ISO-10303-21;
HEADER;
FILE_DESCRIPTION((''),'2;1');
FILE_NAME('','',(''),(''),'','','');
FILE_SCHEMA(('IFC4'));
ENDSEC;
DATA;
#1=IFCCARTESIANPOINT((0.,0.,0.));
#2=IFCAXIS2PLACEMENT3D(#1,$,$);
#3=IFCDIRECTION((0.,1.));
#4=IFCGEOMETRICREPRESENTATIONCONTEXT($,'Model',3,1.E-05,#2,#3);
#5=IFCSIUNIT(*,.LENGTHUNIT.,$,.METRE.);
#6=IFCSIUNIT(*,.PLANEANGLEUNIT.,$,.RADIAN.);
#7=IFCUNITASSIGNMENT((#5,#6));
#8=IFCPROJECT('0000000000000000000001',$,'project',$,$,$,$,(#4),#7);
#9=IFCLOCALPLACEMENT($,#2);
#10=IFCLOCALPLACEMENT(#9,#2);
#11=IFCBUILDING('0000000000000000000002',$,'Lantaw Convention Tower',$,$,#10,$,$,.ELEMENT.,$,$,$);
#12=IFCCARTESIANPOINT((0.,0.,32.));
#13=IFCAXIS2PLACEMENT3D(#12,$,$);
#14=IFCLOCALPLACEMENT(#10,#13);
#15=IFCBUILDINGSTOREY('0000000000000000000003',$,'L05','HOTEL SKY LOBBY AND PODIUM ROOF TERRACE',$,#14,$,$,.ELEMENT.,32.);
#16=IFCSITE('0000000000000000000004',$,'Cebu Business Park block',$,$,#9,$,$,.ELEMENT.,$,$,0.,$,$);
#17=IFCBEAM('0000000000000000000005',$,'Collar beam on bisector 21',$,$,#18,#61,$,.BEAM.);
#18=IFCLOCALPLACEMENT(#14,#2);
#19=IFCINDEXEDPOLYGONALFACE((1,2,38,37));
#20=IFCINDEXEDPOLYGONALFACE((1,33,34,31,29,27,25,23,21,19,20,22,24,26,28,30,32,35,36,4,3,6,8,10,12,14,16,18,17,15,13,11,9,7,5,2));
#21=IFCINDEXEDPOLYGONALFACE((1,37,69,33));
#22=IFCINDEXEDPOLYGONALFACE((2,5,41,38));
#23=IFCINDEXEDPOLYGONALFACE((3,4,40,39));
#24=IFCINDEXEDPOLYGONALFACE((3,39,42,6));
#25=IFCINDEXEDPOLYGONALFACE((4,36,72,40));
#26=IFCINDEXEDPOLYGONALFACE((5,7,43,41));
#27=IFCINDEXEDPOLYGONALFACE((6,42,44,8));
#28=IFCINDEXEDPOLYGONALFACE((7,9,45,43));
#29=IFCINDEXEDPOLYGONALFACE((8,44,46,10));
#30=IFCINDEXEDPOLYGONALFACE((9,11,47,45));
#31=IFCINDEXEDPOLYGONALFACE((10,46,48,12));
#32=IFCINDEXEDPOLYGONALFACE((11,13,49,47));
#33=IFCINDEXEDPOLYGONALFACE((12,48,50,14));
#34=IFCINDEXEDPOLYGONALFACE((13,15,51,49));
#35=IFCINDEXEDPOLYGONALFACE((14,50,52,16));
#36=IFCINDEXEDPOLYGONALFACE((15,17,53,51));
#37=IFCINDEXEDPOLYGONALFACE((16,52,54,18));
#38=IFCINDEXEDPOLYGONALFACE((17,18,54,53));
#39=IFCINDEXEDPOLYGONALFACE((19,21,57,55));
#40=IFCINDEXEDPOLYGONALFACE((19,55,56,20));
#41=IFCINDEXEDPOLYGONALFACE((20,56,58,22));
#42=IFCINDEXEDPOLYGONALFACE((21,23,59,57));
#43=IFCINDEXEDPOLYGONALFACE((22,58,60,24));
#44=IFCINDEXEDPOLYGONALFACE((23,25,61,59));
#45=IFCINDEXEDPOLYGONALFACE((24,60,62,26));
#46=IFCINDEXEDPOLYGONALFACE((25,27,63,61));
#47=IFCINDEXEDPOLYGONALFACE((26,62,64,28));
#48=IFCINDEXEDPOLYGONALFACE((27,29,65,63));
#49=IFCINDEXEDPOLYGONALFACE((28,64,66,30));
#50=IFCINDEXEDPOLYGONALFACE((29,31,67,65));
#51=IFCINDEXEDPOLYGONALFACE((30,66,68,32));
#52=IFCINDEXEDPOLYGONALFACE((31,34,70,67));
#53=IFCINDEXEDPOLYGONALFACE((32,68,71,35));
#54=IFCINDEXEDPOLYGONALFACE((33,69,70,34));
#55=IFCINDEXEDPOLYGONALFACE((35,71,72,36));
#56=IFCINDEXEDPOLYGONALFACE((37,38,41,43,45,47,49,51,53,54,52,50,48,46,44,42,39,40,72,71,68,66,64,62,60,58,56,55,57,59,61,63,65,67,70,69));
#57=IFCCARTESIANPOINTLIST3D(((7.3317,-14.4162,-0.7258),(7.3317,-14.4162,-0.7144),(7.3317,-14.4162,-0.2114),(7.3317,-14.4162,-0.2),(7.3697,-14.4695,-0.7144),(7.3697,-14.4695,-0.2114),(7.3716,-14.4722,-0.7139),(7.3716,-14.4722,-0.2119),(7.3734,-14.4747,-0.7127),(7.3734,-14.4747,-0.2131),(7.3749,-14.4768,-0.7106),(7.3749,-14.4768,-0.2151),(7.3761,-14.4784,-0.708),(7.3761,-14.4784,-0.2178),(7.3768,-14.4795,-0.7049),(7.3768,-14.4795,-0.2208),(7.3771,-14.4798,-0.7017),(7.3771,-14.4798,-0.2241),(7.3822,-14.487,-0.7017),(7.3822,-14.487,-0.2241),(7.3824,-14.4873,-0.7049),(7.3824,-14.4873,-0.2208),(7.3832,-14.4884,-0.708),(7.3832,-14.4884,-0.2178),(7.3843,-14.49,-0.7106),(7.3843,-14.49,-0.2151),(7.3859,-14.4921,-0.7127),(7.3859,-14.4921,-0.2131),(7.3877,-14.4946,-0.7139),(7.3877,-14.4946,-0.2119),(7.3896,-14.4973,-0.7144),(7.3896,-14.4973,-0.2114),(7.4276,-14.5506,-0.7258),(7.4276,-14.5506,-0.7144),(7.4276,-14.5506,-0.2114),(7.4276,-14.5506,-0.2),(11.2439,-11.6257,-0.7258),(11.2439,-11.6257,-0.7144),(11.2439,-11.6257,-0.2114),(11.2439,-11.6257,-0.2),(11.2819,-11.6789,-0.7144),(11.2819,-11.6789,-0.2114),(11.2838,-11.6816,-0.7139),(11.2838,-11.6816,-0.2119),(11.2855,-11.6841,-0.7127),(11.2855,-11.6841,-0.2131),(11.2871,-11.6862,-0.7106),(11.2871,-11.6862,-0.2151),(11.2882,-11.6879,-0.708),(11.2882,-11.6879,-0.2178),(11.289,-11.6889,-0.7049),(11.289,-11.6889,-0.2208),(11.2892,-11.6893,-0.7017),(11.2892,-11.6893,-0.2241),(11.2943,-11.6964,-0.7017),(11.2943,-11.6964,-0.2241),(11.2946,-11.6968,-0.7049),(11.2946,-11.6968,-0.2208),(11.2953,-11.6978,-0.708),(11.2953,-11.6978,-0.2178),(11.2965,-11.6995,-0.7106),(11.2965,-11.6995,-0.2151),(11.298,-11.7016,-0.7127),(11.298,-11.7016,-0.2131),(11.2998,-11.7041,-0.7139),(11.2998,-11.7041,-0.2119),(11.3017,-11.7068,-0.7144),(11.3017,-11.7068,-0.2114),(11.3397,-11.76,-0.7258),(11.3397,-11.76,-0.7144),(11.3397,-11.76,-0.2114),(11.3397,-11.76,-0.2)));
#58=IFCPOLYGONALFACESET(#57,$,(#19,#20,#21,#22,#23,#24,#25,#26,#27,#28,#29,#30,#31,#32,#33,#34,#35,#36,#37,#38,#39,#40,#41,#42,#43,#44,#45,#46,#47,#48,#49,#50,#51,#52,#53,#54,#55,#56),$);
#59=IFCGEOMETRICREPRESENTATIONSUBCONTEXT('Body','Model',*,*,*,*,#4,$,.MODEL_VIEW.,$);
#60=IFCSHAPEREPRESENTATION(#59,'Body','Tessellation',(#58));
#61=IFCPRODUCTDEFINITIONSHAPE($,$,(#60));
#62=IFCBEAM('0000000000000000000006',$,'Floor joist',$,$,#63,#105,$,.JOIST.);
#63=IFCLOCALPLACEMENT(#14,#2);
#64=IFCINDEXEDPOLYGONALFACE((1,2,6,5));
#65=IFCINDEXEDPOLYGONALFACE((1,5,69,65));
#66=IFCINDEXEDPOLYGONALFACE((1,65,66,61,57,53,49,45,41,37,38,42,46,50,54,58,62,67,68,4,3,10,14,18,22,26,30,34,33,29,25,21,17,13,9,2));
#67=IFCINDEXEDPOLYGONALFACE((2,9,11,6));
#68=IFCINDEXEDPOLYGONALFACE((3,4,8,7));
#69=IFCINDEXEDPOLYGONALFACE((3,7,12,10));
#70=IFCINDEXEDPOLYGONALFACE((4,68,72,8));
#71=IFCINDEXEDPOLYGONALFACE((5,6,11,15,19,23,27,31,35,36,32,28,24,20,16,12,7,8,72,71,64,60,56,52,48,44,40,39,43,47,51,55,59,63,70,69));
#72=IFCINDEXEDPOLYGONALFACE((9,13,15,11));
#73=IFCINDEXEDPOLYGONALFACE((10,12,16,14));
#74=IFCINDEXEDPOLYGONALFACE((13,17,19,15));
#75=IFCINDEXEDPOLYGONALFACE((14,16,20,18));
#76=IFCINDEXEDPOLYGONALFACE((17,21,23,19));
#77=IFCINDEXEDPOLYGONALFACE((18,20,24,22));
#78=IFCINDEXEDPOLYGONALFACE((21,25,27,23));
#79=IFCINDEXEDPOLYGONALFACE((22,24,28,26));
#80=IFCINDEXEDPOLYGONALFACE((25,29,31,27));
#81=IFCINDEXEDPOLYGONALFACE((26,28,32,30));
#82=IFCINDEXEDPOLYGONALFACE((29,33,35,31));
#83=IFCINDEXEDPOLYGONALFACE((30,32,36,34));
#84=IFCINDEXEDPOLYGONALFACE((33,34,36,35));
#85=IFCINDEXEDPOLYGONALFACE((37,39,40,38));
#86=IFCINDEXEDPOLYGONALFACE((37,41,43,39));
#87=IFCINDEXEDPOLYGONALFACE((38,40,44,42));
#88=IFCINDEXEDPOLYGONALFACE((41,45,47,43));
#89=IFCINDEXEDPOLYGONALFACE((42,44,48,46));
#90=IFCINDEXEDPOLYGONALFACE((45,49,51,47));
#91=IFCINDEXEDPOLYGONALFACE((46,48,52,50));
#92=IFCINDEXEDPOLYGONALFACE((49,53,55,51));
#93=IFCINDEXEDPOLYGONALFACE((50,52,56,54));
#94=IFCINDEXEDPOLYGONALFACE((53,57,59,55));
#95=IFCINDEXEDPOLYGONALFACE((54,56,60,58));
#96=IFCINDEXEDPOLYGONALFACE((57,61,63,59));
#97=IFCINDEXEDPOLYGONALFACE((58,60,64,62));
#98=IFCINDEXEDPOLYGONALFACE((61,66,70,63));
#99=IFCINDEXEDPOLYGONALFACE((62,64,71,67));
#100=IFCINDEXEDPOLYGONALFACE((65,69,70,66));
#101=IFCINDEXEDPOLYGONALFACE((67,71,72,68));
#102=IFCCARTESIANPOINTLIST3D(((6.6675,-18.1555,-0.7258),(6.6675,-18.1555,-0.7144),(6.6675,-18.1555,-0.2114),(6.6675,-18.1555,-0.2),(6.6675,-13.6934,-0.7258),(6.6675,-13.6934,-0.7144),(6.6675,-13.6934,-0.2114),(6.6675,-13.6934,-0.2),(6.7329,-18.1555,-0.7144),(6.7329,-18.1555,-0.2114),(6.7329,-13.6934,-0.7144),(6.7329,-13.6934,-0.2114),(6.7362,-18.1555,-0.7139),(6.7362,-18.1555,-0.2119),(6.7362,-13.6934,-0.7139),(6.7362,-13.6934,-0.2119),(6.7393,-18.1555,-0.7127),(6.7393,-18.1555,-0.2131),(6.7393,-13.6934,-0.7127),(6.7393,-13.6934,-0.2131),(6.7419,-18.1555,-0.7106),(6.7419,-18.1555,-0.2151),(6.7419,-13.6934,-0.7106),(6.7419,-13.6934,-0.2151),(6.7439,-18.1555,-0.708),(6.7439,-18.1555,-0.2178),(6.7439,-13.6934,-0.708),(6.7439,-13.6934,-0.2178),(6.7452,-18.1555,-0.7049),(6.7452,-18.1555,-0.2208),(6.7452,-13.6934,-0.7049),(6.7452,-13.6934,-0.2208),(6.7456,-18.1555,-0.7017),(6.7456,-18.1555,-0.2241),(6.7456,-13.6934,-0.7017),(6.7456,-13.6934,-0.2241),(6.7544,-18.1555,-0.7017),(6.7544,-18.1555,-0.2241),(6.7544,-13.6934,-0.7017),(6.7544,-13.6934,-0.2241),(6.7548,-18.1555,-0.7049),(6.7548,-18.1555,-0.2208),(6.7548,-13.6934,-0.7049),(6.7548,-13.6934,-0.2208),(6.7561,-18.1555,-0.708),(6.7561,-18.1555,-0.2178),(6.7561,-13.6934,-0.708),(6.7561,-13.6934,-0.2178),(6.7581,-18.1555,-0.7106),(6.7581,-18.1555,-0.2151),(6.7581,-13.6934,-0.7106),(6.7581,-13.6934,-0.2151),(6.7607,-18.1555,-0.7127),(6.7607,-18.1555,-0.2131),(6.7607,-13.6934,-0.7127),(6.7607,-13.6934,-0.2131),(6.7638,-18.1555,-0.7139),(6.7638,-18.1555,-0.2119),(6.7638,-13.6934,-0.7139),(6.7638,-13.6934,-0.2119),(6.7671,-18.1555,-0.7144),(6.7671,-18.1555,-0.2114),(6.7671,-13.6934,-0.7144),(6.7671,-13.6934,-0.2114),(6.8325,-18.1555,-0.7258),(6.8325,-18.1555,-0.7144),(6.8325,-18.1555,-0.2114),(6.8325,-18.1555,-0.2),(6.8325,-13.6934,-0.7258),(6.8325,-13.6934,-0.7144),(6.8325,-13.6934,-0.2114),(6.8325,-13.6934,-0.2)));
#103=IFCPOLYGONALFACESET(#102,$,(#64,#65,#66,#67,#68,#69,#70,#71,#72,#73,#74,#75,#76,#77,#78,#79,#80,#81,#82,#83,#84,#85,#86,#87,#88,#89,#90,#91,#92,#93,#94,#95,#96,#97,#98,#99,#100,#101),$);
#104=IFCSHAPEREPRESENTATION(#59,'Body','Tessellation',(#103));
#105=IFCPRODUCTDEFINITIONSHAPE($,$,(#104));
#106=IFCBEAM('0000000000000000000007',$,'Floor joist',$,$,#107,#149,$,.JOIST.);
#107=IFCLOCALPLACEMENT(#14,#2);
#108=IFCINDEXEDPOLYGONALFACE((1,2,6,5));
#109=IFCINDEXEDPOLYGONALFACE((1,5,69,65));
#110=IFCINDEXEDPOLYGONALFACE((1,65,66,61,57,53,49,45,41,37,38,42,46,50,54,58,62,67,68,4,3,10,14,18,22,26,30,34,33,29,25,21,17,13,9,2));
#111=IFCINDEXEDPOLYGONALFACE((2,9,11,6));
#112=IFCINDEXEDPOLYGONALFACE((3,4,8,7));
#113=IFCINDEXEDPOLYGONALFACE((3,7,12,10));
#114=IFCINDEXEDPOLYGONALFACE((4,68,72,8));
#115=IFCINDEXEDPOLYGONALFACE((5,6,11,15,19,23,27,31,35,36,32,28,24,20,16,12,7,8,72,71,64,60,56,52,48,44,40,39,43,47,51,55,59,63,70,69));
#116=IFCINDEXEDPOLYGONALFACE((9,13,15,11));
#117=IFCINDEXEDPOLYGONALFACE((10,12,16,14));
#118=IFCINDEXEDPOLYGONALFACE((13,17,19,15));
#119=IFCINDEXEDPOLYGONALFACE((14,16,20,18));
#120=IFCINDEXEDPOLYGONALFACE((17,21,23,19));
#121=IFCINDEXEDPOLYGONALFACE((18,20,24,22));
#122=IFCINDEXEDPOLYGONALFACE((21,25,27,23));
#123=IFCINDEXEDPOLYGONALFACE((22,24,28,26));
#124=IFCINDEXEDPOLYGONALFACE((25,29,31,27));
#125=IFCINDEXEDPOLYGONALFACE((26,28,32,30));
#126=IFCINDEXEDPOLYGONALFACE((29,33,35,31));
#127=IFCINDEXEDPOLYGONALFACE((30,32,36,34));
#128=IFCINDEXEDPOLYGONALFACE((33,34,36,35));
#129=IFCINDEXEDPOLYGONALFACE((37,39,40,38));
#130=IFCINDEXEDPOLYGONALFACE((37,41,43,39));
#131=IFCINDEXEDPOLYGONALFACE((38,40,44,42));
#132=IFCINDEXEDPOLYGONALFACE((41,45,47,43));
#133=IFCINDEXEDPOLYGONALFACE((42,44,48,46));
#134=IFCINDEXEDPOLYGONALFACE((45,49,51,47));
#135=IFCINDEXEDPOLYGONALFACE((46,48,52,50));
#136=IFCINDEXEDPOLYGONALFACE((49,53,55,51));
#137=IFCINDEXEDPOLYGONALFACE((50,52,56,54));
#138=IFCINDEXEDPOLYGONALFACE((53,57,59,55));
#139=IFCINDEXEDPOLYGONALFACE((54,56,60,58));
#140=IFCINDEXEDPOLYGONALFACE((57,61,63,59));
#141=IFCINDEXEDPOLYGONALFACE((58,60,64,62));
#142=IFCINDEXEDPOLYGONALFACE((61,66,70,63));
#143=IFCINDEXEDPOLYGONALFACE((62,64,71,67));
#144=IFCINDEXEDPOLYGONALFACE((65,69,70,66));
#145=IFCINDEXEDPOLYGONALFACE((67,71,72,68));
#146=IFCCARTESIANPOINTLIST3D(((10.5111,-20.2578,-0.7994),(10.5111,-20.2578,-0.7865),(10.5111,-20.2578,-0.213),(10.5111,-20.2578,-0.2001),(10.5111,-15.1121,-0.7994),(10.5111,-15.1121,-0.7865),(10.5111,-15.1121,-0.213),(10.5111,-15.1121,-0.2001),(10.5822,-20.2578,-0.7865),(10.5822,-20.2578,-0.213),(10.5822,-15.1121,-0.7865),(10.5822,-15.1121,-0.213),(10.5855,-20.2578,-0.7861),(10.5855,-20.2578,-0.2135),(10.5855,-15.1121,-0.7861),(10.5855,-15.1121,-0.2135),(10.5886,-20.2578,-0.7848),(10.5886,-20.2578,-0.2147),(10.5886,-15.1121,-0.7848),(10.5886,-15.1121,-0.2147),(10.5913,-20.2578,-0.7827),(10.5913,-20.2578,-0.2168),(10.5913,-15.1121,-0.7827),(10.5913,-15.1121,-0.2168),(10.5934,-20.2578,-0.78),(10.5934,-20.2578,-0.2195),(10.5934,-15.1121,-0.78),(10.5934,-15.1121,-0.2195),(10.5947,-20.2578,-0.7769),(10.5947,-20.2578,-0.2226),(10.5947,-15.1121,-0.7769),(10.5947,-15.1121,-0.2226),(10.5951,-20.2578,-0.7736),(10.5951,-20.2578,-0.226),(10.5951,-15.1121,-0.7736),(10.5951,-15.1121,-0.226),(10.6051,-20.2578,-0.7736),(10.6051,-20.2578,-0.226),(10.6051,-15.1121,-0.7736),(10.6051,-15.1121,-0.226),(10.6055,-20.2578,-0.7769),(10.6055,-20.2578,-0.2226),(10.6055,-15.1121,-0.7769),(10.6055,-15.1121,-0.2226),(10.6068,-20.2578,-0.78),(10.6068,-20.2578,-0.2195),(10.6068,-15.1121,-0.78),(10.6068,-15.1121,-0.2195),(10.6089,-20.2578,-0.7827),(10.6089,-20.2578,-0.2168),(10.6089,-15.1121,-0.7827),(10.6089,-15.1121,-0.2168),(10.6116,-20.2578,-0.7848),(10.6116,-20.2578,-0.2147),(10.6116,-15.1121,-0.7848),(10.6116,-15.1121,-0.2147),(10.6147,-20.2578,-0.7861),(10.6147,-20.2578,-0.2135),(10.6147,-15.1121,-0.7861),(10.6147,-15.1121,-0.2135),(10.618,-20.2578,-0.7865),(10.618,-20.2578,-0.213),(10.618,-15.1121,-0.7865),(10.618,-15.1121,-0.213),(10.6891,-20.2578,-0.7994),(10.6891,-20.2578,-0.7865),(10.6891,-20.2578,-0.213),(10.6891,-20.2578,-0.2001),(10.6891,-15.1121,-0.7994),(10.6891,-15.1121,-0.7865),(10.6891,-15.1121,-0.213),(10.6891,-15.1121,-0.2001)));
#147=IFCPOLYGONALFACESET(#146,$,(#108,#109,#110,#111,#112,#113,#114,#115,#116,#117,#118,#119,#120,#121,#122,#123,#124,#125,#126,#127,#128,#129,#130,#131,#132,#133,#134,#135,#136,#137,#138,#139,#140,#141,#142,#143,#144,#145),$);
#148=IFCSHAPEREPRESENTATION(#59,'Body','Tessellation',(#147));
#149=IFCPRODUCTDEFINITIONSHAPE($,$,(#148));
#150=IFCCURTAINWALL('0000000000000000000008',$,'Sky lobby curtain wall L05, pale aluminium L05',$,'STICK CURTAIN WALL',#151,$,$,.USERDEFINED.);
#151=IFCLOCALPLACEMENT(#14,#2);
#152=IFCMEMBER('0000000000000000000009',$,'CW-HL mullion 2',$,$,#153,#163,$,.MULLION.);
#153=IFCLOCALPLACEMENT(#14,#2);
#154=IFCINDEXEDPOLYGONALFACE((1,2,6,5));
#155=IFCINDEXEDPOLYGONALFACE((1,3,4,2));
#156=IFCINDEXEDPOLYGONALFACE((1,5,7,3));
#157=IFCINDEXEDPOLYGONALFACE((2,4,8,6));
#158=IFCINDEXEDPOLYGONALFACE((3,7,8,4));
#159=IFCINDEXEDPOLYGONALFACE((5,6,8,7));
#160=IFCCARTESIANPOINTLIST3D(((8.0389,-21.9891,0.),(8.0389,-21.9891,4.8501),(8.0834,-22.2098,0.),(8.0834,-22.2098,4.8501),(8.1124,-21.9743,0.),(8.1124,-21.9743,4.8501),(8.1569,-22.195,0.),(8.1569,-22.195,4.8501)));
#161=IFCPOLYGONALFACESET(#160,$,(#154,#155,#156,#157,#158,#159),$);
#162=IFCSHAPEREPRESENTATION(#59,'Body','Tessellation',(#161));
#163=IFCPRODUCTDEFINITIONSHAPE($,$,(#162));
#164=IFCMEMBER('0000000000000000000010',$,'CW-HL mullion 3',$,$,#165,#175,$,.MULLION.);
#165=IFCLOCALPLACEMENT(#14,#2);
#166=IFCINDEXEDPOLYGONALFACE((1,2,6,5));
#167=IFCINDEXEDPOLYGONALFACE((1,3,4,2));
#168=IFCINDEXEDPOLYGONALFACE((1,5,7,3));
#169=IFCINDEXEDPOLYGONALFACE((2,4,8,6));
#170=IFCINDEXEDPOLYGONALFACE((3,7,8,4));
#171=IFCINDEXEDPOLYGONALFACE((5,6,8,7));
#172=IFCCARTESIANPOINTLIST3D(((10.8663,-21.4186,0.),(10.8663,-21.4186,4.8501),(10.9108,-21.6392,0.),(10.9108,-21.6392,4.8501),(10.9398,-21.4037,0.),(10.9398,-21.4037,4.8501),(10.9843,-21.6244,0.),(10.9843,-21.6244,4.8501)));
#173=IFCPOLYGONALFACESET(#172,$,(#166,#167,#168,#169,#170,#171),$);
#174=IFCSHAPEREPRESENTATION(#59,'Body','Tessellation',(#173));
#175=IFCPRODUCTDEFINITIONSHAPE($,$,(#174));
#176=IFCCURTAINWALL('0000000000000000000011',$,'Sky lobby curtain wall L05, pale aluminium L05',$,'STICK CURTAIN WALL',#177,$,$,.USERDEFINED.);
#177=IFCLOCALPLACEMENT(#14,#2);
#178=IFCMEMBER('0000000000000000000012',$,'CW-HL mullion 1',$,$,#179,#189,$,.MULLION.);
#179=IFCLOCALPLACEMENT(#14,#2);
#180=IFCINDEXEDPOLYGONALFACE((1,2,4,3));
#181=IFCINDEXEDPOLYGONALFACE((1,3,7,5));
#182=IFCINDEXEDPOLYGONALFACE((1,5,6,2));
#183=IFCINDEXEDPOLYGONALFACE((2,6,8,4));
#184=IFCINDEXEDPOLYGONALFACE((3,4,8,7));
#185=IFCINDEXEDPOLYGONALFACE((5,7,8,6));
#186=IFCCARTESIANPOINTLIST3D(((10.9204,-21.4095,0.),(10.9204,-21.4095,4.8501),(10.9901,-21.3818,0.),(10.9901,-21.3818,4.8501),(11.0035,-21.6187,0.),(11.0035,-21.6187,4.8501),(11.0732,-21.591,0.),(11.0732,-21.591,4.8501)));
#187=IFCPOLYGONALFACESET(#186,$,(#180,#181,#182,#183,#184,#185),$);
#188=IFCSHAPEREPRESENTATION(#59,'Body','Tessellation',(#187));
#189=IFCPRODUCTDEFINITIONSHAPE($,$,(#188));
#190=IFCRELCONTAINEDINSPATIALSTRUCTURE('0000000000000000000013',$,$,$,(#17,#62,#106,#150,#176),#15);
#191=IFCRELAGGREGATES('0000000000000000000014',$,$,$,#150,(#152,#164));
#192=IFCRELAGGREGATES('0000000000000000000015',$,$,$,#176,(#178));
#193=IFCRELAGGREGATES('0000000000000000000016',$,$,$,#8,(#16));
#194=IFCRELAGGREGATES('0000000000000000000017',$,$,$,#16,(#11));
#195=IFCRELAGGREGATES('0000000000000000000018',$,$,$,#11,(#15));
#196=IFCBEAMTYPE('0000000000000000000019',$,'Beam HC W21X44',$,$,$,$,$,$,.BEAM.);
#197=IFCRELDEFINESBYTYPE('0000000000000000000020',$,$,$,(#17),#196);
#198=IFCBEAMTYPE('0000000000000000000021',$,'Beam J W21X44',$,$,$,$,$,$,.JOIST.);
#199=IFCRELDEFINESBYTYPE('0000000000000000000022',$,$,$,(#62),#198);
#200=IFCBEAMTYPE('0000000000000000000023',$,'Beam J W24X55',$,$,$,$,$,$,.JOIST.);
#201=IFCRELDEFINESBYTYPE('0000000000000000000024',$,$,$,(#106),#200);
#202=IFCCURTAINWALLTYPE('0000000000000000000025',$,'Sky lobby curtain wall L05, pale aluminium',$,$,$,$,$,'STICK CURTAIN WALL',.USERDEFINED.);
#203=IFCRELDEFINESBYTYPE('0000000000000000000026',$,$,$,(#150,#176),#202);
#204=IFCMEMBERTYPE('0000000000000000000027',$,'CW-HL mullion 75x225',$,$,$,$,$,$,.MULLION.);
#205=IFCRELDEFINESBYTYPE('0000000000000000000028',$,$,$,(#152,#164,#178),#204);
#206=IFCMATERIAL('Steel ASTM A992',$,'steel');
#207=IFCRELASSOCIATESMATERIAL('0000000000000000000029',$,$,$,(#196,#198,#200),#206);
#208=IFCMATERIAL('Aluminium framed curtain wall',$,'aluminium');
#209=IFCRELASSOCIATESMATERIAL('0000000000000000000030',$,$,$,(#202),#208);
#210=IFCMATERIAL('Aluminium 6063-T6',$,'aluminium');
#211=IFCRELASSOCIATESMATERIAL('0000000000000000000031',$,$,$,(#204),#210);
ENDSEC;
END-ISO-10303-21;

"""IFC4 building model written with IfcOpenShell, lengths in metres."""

from ifc_helpers import new_model, si_unit, direction, frame, origin, origin_2d, place, context, subcontext, project, spatial, rectangle, i_section, extrude, material, material_profile, profile_set, type_object, element, aggregate, save


model = new_model("IFC4")

# Units and contexts
model_context = context("Model", 3, precision=1e-05, world=origin(), true_north=direction((0.0, 1.0)))
body_context = subcontext(model_context, "Body", "Model", "MODEL_VIEW")
ifc_project = project(units=[si_unit("LENGTHUNIT", "METRE"), si_unit("PLANEANGLEUNIT", "RADIAN")], contexts=[model_context])

# Site, building, storey
site_placement = place(None, origin())
site = spatial("IfcSite", under=ifc_project, at=site_placement, Name="Cebu Business Park block", CompositionType="ELEMENT", RefElevation=0.0)
building_placement = place(site_placement, origin())
building = spatial("IfcBuilding", under=site, at=building_placement, Name="Lantaw Convention Tower", CompositionType="ELEMENT")
storey_placement = place(building_placement, frame((0.0, 0.0, 32.0)))
storey = spatial("IfcBuildingStorey", under=building, at=storey_placement, Name="L05", Description="HOTEL SKY LOBBY AND PODIUM ROOF TERRACE", CompositionType="ELEMENT", Elevation=32.0)

# Beams
ifc_material_1 = material(Name="Steel ASTM A992", Category="steel")
ifc_material_profile_1 = material_profile(ifc_material_1, i_section(OverallWidth=0.165, OverallDepth=0.5259, WebThickness=0.0088, FlangeThickness=0.0115, FilletRadius=0.0127, at=origin_2d()), Name="W21X44")
ifc_profile_set_1 = profile_set([ifc_material_profile_1], Name="Steel ASTM A992")
beam_type_1 = type_object("IfcBeamType", Name="Beam HC W21X44", PredefinedType="BEAM", material=ifc_profile_set_1)
beam_1_placement = place(storey_placement, frame((7.3796, -14.4834, -0.4629), z_axis=(0.814111, 0.580709, 0.0), x_axis=(-0.580709, 0.814111, 0.0)))
element("IfcBeam", 1, at=beam_1_placement, inside=storey, type_object=beam_type_1, Name="Collar beam on bisector 21", PredefinedType="BEAM", context=body_context, shape_type="SweptSolid", body=[
    extrude(i_section(OverallWidth=0.165, OverallDepth=0.5259, WebThickness=0.0088, FlangeThickness=0.0115, FilletRadius=0.0127, at=origin_2d()), origin(), (0.0, 0.0, 1.0), 4.8054),
])
ifc_material_profile_2 = material_profile(ifc_material_1, i_section(OverallWidth=0.165, OverallDepth=0.5259, WebThickness=0.0088, FlangeThickness=0.0115, FilletRadius=0.0127, at=origin_2d()), Name="W21X44")
ifc_profile_set_2 = profile_set([ifc_material_profile_2], Name="Steel ASTM A992")
beam_type_2 = type_object("IfcBeamType", Name="Beam J W21X44", PredefinedType="JOIST", material=ifc_profile_set_2)
beam_2_placement = place(storey_placement, frame((6.75, -18.1555, -0.4629), z_axis=(0.0, 1.0, 0.0), x_axis=(-1.0, 0.0, 0.0)))
element("IfcBeam", 2, at=beam_2_placement, inside=storey, type_object=beam_type_2, Name="Floor joist", PredefinedType="JOIST", context=body_context, shape_type="SweptSolid", body=[
    extrude(i_section(OverallWidth=0.165, OverallDepth=0.5259, WebThickness=0.0088, FlangeThickness=0.0115, FilletRadius=0.0127, at=origin_2d()), origin(), (0.0, 0.0, 1.0), 4.4622),
])
ifc_material_profile_3 = material_profile(ifc_material_1, i_section(OverallWidth=0.178, OverallDepth=0.5994, WebThickness=0.01, FlangeThickness=0.0129, FilletRadius=0.0129, at=origin_2d()), Name="W24X55")
ifc_profile_set_3 = profile_set([ifc_material_profile_3], Name="Steel ASTM A992")
beam_type_3 = type_object("IfcBeamType", Name="Beam J W24X55", PredefinedType="JOIST", material=ifc_profile_set_3)
beam_3_placement = place(storey_placement, frame((10.6001, -20.2578, -0.4998), z_axis=(0.0, 1.0, 0.0), x_axis=(-1.0, 0.0, 0.0)))
element("IfcBeam", 3, at=beam_3_placement, inside=storey, type_object=beam_type_3, Name="Floor joist", PredefinedType="JOIST", context=body_context, shape_type="SweptSolid", body=[
    extrude(i_section(OverallWidth=0.178, OverallDepth=0.5994, WebThickness=0.01, FlangeThickness=0.0129, FilletRadius=0.0129, at=origin_2d()), origin(), (0.0, 0.0, 1.0), 5.1458),
])

# Curtain walls, members
ifc_material_2 = material(Name="Aluminium framed curtain wall", Category="aluminium")
curtain_wall_type = type_object("IfcCurtainWallType", Name="Sky lobby curtain wall L05, pale aluminium", ElementType="STICK CURTAIN WALL", PredefinedType="USERDEFINED", material=ifc_material_2)
curtain_wall_1_placement = place(storey_placement, origin())
curtain_wall_1 = element("IfcCurtainWall", 4, at=curtain_wall_1_placement, inside=storey, type_object=curtain_wall_type, Name="Sky lobby curtain wall L05, pale aluminium L05", ObjectType="STICK CURTAIN WALL", PredefinedType="USERDEFINED")
ifc_material_3 = material(Name="Aluminium 6063-T6", Category="aluminium")
ifc_material_profile_4 = material_profile(ifc_material_3, rectangle(XDim=0.2251, YDim=0.075, at=origin_2d()), Name="CW-HL mullion 75x225")
ifc_profile_set_4 = profile_set([ifc_material_profile_4], Name="Aluminium 6063-T6")
member_type_1 = type_object("IfcMemberType", Name="CW-HL mullion 75x225", PredefinedType="MULLION", material=ifc_profile_set_4)
member_1_placement = place(storey_placement, frame((8.0979, -22.092, 0.0), z_axis=(0.0, 0.0, 1.0), x_axis=(-0.197789, 0.980245, 0.0)))
member_1 = element("IfcMember", 5, at=member_1_placement, type_object=member_type_1, Name="CW-HL mullion 2", PredefinedType="MULLION", context=body_context, shape_type="SweptSolid", body=[
    extrude(rectangle(XDim=0.2251, YDim=0.075, at=origin_2d()), origin(), (0.0, 0.0, 1.0), 4.8501),
])
member_2_placement = place(storey_placement, frame((10.9253, -21.5215, 0.0), z_axis=(0.0, 0.0, 1.0), x_axis=(-0.197789, 0.980245, 0.0)))
member_2 = element("IfcMember", 6, at=member_2_placement, type_object=member_type_1, Name="CW-HL mullion 3", PredefinedType="MULLION", context=body_context, shape_type="SweptSolid", body=[
    extrude(rectangle(XDim=0.2251, YDim=0.075, at=origin_2d()), origin(), (0.0, 0.0, 1.0), 4.8501),
])
curtain_wall_2_placement = place(storey_placement, origin())
curtain_wall_2 = element("IfcCurtainWall", 7, at=curtain_wall_2_placement, inside=storey, type_object=curtain_wall_type, Name="Sky lobby curtain wall L05, pale aluminium L05", ObjectType="STICK CURTAIN WALL", PredefinedType="USERDEFINED")
member_3_placement = place(storey_placement, frame((10.9968, -21.5002, 0.0), z_axis=(0.0, 0.0, 1.0), x_axis=(-0.369172, 0.929361, 0.0)))
member_3 = element("IfcMember", 8, at=member_3_placement, type_object=member_type_1, Name="CW-HL mullion 1", PredefinedType="MULLION", context=body_context, shape_type="SweptSolid", body=[
    extrude(rectangle(XDim=0.2251, YDim=0.075, at=origin_2d()), origin(), (0.0, 0.0, 1.0), 4.8501),
])

aggregate(curtain_wall_1, [member_1, member_2])
aggregate(curtain_wall_2, [member_3])

save(model, "model.ifc")
